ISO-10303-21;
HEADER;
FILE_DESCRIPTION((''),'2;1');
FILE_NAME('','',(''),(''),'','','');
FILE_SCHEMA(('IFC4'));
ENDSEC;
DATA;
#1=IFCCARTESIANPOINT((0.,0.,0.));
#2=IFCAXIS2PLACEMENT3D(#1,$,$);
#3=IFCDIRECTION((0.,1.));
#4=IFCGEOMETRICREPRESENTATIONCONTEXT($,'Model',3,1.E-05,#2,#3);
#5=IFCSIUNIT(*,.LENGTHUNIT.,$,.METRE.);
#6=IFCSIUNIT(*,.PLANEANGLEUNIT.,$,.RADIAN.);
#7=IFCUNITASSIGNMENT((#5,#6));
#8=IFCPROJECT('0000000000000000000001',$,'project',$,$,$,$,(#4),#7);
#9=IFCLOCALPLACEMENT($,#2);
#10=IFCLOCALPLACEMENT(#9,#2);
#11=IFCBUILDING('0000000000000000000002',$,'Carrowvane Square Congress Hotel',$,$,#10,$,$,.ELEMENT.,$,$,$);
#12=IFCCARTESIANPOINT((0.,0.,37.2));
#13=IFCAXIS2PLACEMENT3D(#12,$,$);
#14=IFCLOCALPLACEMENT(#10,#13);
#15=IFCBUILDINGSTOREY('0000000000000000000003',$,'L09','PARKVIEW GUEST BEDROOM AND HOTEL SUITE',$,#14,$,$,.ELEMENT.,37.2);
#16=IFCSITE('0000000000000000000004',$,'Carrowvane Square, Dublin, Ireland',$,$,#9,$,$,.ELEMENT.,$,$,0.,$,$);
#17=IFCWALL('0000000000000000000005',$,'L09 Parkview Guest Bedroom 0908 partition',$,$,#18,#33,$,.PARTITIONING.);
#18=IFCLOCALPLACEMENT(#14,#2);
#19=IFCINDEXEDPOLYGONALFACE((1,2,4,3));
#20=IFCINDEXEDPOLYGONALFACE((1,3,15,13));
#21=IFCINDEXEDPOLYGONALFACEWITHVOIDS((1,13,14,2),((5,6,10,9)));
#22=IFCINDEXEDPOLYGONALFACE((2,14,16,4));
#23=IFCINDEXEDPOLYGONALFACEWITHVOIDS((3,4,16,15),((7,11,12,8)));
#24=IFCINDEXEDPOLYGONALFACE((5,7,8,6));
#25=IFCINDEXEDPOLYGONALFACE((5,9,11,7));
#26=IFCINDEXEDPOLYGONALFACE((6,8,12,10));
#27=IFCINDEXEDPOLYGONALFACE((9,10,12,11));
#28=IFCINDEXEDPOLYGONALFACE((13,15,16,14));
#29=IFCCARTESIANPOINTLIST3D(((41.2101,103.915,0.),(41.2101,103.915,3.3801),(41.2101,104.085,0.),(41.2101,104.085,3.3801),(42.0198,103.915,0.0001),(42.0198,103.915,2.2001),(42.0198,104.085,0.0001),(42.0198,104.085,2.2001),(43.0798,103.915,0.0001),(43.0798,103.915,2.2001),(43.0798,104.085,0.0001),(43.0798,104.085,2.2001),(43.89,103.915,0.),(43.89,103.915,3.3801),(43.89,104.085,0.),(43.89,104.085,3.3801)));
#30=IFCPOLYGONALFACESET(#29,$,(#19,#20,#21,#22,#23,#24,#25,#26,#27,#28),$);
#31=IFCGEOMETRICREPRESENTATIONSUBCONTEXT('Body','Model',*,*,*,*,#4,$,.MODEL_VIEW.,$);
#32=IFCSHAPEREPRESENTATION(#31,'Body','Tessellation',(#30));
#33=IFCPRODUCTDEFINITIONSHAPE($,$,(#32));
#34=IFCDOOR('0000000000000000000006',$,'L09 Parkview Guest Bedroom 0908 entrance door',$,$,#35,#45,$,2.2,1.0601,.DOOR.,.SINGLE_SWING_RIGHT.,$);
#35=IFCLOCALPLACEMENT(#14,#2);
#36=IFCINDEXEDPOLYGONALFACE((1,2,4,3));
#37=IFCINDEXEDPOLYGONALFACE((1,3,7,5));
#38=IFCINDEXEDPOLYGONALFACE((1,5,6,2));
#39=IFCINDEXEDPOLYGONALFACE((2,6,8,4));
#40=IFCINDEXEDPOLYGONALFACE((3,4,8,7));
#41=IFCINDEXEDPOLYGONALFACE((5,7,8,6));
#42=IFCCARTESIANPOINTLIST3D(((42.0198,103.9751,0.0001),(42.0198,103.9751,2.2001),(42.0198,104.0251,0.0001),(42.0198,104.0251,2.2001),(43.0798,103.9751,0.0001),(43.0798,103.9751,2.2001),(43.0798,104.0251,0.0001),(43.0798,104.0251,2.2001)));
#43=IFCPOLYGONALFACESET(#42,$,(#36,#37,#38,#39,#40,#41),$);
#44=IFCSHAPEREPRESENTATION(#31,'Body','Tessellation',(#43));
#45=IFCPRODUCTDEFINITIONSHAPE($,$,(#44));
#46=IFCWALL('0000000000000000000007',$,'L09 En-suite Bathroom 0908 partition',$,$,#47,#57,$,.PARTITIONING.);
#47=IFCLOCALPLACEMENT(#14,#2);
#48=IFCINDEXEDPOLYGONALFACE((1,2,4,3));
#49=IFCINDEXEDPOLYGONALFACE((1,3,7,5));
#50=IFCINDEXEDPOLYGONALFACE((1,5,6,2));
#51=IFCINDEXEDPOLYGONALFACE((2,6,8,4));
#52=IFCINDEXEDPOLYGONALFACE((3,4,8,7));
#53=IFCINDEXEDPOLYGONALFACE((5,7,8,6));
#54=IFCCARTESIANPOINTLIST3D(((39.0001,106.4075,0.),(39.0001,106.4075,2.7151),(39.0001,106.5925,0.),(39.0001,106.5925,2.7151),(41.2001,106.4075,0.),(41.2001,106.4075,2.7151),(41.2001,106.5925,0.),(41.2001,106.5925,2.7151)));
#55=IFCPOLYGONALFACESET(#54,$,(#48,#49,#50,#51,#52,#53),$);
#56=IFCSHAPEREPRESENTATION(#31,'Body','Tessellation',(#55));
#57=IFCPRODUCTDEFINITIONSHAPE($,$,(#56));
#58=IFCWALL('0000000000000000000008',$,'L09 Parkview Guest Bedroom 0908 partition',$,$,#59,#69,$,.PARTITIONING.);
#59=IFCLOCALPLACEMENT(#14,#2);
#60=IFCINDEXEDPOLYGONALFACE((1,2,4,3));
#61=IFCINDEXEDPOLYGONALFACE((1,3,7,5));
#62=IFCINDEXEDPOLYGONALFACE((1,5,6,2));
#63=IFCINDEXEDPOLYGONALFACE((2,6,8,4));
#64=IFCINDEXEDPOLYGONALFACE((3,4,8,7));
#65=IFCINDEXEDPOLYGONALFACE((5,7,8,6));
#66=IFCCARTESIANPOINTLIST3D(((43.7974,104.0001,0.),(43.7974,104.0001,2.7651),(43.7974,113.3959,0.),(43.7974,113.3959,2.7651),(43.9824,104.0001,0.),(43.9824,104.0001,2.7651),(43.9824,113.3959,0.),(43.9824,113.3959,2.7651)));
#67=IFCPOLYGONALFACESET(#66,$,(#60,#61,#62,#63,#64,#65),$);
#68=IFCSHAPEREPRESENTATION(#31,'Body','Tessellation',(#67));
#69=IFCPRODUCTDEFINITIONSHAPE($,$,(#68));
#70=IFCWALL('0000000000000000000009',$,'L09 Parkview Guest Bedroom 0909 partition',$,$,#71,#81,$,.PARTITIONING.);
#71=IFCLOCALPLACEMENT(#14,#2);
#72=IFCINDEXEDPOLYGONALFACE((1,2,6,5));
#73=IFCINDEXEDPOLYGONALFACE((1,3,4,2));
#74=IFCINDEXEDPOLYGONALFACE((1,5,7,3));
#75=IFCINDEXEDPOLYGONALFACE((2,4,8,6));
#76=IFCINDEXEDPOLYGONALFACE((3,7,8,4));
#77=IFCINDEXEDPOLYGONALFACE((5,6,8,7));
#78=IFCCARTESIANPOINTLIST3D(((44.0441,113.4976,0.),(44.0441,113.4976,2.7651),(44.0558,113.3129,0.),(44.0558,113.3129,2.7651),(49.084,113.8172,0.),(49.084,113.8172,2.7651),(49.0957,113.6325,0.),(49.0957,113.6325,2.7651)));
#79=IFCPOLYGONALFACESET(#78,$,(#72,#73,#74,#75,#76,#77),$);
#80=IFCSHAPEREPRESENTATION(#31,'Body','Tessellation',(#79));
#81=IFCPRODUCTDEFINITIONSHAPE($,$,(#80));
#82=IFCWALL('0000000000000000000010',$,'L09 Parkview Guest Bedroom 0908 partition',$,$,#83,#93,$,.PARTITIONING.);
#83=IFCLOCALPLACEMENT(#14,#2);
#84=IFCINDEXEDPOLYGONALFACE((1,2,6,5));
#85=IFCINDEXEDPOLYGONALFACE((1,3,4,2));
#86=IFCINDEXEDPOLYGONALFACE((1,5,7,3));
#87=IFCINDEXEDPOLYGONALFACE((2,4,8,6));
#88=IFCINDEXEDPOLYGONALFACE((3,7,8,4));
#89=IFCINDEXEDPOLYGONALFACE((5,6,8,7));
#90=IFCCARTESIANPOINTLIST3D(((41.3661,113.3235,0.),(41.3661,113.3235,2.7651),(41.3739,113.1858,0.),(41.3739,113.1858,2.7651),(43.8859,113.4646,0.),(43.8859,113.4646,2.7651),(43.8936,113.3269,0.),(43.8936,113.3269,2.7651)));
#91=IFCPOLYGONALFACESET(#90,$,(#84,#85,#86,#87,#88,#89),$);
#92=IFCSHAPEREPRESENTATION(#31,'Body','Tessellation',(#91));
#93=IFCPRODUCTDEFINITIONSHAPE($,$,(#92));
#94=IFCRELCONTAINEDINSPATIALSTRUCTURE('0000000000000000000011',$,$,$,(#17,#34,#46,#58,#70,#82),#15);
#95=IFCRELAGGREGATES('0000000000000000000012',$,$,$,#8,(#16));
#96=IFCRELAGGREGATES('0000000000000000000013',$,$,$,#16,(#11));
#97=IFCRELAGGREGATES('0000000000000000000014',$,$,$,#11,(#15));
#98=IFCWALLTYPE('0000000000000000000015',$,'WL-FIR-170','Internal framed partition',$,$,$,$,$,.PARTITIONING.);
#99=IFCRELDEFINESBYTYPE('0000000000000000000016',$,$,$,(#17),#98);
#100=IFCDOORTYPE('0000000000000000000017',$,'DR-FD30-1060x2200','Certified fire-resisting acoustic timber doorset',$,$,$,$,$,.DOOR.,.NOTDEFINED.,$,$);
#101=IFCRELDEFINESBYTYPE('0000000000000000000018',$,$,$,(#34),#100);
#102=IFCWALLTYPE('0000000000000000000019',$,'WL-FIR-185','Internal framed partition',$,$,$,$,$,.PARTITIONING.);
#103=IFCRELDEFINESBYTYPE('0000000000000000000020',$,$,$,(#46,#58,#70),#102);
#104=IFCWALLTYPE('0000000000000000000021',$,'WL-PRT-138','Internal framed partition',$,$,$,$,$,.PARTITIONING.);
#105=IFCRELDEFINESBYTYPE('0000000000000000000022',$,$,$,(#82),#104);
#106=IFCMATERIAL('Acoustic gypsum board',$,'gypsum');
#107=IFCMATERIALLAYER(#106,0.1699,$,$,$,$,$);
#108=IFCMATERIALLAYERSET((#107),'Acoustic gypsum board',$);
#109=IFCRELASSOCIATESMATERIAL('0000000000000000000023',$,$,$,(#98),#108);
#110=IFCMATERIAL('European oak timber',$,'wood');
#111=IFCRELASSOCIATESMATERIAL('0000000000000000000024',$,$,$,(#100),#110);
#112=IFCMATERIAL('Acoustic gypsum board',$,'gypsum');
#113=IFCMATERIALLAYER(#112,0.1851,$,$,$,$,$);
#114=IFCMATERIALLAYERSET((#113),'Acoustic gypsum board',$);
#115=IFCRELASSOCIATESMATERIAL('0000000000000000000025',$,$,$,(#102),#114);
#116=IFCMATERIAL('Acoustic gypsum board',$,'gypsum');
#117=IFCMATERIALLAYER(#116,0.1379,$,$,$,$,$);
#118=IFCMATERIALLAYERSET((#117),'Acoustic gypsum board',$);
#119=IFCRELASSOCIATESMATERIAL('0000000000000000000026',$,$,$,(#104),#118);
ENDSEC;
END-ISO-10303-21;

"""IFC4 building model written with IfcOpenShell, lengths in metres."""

from ifc_helpers import new_model, si_unit, direction, frame, frame_2d, origin, place, context, subcontext, project, spatial, rectangle, extrude, material, layer, layer_set, type_object, element, fill, save


model = new_model("IFC4")

# Units and contexts
model_context = context("Model", 3, precision=1e-05, world=origin(), true_north=direction((0.0, 1.0)))
body_context = subcontext(model_context, "Body", "Model", "MODEL_VIEW")
ifc_project = project(units=[si_unit("LENGTHUNIT", "METRE"), si_unit("PLANEANGLEUNIT", "RADIAN")], contexts=[model_context])

# Site, building, storey
site_placement = place(None, origin())
site = spatial("IfcSite", under=ifc_project, at=site_placement, Name="Carrowvane Square, Dublin, Ireland", CompositionType="ELEMENT", RefElevation=0.0)
building_placement = place(site_placement, origin())
building = spatial("IfcBuilding", under=site, at=building_placement, Name="Carrowvane Square Congress Hotel", CompositionType="ELEMENT")
storey_placement = place(building_placement, frame((0.0, 0.0, 37.2)))
storey = spatial("IfcBuildingStorey", under=building, at=storey_placement, Name="L09", Description="PARKVIEW GUEST BEDROOM AND HOTEL SUITE", CompositionType="ELEMENT", Elevation=37.2)

# Shared definitions
ifc_material_1 = material(Name="Acoustic gypsum board", Category="gypsum")
ifc_layer_1 = layer(ifc_material_1, 0.1699)
ifc_layer_set_1 = layer_set([ifc_layer_1], Name="Acoustic gypsum board")
wall_type_1 = type_object("IfcWallType", Name="WL-FIR-170", Description="Internal framed partition", PredefinedType="PARTITIONING", material=ifc_layer_set_1)

# Wall, opening, door
wall_1_placement = place(storey_placement, frame((43.8899, 104.0, 0.0), z_axis=(0.0, 0.0, 1.0), x_axis=(-1.0, 0.0, 0.0)))
wall_1 = element("IfcWall", 1, at=wall_1_placement, inside=storey, type_object=wall_type_1, Name="L09 Parkview Guest Bedroom 0908 partition", PredefinedType="PARTITIONING", context=body_context, shape_type="SweptSolid", body=[
    extrude(rectangle(XDim=2.6799, YDim=0.1699, at=frame_2d((1.3398, 0.0))), origin(), (0.0, 0.0, 1.0), 3.3801),
])
opening_1_placement = place(wall_1_placement, frame((0.8101, 0.0, 0.0)))
opening_1 = element("IfcOpeningElement", 2, at=opening_1_placement, cuts=wall_1, PredefinedType="OPENING", context=body_context, shape_type="SweptSolid", body=[
    extrude(rectangle(XDim=1.0601, YDim=2.2, at=frame_2d((0.53, 1.1001))), frame((0.0, 0.095, 0.0), z_axis=(0.0, -1.0, 0.0), x_axis=(1.0, 0.0, 0.0)), (0.0, 0.0, 1.0), 0.1899),
])
ifc_material_2 = material(Name="European oak timber", Category="wood")
door_type_1 = type_object("IfcDoorType", Name="DR-FD30-1060x2200", Description="Certified fire-resisting acoustic timber doorset", OperationType="NOTDEFINED", PredefinedType="DOOR", material=ifc_material_2)
door_1_placement = place(opening_1_placement, origin())
door_1 = element("IfcDoor", 3, at=door_1_placement, inside=storey, type_object=door_type_1, Name="L09 Parkview Guest Bedroom 0908 entrance door", OperationType="SINGLE_SWING_RIGHT", OverallHeight=2.2, OverallWidth=1.0601, PredefinedType="DOOR", context=body_context, shape_type="SweptSolid", body=[
    extrude(rectangle(XDim=1.0601, YDim=2.2, at=frame_2d((0.53, 1.1001))), frame((0.0, 0.0249, 0.0), z_axis=(0.0, -1.0, 0.0), x_axis=(1.0, 0.0, 0.0)), (0.0, 0.0, 1.0), 0.05),
])
fill(opening_1, door_1)

# Walls
ifc_material_3 = material(Name="Acoustic gypsum board", Category="gypsum")
ifc_layer_2 = layer(ifc_material_3, 0.1851)
ifc_layer_set_2 = layer_set([ifc_layer_2], Name="Acoustic gypsum board")
wall_type_2 = type_object("IfcWallType", Name="WL-FIR-185", Description="Internal framed partition", PredefinedType="PARTITIONING", material=ifc_layer_set_2)
wall_2_placement = place(storey_placement, frame((39.0, 106.5, 0.0), z_axis=(0.0, 0.0, 1.0), x_axis=(1.0, 0.0, 0.0)))
element("IfcWall", 4, at=wall_2_placement, inside=storey, type_object=wall_type_2, Name="L09 En-suite Bathroom 0908 partition", PredefinedType="PARTITIONING", context=body_context, shape_type="SweptSolid", body=[
    extrude(rectangle(XDim=2.2, YDim=0.1851, at=frame_2d((1.1001, 0.0))), origin(), (0.0, 0.0, 1.0), 2.7151),
])
wall_3_placement = place(storey_placement, frame((43.8899, 113.3958, 0.0), z_axis=(0.0, 0.0, 1.0), x_axis=(0.0, -1.0, 0.0)))
element("IfcWall", 5, at=wall_3_placement, inside=storey, type_object=wall_type_2, Name="L09 Parkview Guest Bedroom 0908 partition", PredefinedType="PARTITIONING", context=body_context, shape_type="SweptSolid", body=[
    extrude(rectangle(XDim=9.3958, YDim=0.1851, at=frame_2d((4.6978, 0.0))), origin(), (0.0, 0.0, 1.0), 2.7651),
])
wall_4_placement = place(storey_placement, frame((44.05, 113.4053, 0.0), z_axis=(0.0, 0.0, 1.0), x_axis=(0.997996, 0.063281, 0.0)))
element("IfcWall", 6, at=wall_4_placement, inside=storey, type_object=wall_type_2, Name="L09 Parkview Guest Bedroom 0909 partition", PredefinedType="PARTITIONING", context=body_context, shape_type="SweptSolid", body=[
    extrude(rectangle(XDim=5.05, YDim=0.1851, at=frame_2d((2.5249, 0.0))), origin(), (0.0, 0.0, 1.0), 2.7651),
])
ifc_material_4 = material(Name="Acoustic gypsum board", Category="gypsum")
ifc_layer_3 = layer(ifc_material_4, 0.1379)
ifc_layer_set_3 = layer_set([ifc_layer_3], Name="Acoustic gypsum board")
wall_type_3 = type_object("IfcWallType", Name="WL-PRT-138", Description="Internal framed partition", PredefinedType="PARTITIONING", material=ifc_layer_set_3)
wall_5_placement = place(storey_placement, frame((41.3701, 113.2546, 0.0), z_axis=(0.0, 0.0, 1.0), x_axis=(0.998436, 0.055915, 0.0)))
element("IfcWall", 7, at=wall_5_placement, inside=storey, type_object=wall_type_3, Name="L09 Parkview Guest Bedroom 0908 partition", PredefinedType="PARTITIONING", context=body_context, shape_type="SweptSolid", body=[
    extrude(rectangle(XDim=2.5237, YDim=0.1379, at=frame_2d((1.2617, 0.0))), origin(), (0.0, 0.0, 1.0), 2.7651),
])

save(model, "model.ifc")
